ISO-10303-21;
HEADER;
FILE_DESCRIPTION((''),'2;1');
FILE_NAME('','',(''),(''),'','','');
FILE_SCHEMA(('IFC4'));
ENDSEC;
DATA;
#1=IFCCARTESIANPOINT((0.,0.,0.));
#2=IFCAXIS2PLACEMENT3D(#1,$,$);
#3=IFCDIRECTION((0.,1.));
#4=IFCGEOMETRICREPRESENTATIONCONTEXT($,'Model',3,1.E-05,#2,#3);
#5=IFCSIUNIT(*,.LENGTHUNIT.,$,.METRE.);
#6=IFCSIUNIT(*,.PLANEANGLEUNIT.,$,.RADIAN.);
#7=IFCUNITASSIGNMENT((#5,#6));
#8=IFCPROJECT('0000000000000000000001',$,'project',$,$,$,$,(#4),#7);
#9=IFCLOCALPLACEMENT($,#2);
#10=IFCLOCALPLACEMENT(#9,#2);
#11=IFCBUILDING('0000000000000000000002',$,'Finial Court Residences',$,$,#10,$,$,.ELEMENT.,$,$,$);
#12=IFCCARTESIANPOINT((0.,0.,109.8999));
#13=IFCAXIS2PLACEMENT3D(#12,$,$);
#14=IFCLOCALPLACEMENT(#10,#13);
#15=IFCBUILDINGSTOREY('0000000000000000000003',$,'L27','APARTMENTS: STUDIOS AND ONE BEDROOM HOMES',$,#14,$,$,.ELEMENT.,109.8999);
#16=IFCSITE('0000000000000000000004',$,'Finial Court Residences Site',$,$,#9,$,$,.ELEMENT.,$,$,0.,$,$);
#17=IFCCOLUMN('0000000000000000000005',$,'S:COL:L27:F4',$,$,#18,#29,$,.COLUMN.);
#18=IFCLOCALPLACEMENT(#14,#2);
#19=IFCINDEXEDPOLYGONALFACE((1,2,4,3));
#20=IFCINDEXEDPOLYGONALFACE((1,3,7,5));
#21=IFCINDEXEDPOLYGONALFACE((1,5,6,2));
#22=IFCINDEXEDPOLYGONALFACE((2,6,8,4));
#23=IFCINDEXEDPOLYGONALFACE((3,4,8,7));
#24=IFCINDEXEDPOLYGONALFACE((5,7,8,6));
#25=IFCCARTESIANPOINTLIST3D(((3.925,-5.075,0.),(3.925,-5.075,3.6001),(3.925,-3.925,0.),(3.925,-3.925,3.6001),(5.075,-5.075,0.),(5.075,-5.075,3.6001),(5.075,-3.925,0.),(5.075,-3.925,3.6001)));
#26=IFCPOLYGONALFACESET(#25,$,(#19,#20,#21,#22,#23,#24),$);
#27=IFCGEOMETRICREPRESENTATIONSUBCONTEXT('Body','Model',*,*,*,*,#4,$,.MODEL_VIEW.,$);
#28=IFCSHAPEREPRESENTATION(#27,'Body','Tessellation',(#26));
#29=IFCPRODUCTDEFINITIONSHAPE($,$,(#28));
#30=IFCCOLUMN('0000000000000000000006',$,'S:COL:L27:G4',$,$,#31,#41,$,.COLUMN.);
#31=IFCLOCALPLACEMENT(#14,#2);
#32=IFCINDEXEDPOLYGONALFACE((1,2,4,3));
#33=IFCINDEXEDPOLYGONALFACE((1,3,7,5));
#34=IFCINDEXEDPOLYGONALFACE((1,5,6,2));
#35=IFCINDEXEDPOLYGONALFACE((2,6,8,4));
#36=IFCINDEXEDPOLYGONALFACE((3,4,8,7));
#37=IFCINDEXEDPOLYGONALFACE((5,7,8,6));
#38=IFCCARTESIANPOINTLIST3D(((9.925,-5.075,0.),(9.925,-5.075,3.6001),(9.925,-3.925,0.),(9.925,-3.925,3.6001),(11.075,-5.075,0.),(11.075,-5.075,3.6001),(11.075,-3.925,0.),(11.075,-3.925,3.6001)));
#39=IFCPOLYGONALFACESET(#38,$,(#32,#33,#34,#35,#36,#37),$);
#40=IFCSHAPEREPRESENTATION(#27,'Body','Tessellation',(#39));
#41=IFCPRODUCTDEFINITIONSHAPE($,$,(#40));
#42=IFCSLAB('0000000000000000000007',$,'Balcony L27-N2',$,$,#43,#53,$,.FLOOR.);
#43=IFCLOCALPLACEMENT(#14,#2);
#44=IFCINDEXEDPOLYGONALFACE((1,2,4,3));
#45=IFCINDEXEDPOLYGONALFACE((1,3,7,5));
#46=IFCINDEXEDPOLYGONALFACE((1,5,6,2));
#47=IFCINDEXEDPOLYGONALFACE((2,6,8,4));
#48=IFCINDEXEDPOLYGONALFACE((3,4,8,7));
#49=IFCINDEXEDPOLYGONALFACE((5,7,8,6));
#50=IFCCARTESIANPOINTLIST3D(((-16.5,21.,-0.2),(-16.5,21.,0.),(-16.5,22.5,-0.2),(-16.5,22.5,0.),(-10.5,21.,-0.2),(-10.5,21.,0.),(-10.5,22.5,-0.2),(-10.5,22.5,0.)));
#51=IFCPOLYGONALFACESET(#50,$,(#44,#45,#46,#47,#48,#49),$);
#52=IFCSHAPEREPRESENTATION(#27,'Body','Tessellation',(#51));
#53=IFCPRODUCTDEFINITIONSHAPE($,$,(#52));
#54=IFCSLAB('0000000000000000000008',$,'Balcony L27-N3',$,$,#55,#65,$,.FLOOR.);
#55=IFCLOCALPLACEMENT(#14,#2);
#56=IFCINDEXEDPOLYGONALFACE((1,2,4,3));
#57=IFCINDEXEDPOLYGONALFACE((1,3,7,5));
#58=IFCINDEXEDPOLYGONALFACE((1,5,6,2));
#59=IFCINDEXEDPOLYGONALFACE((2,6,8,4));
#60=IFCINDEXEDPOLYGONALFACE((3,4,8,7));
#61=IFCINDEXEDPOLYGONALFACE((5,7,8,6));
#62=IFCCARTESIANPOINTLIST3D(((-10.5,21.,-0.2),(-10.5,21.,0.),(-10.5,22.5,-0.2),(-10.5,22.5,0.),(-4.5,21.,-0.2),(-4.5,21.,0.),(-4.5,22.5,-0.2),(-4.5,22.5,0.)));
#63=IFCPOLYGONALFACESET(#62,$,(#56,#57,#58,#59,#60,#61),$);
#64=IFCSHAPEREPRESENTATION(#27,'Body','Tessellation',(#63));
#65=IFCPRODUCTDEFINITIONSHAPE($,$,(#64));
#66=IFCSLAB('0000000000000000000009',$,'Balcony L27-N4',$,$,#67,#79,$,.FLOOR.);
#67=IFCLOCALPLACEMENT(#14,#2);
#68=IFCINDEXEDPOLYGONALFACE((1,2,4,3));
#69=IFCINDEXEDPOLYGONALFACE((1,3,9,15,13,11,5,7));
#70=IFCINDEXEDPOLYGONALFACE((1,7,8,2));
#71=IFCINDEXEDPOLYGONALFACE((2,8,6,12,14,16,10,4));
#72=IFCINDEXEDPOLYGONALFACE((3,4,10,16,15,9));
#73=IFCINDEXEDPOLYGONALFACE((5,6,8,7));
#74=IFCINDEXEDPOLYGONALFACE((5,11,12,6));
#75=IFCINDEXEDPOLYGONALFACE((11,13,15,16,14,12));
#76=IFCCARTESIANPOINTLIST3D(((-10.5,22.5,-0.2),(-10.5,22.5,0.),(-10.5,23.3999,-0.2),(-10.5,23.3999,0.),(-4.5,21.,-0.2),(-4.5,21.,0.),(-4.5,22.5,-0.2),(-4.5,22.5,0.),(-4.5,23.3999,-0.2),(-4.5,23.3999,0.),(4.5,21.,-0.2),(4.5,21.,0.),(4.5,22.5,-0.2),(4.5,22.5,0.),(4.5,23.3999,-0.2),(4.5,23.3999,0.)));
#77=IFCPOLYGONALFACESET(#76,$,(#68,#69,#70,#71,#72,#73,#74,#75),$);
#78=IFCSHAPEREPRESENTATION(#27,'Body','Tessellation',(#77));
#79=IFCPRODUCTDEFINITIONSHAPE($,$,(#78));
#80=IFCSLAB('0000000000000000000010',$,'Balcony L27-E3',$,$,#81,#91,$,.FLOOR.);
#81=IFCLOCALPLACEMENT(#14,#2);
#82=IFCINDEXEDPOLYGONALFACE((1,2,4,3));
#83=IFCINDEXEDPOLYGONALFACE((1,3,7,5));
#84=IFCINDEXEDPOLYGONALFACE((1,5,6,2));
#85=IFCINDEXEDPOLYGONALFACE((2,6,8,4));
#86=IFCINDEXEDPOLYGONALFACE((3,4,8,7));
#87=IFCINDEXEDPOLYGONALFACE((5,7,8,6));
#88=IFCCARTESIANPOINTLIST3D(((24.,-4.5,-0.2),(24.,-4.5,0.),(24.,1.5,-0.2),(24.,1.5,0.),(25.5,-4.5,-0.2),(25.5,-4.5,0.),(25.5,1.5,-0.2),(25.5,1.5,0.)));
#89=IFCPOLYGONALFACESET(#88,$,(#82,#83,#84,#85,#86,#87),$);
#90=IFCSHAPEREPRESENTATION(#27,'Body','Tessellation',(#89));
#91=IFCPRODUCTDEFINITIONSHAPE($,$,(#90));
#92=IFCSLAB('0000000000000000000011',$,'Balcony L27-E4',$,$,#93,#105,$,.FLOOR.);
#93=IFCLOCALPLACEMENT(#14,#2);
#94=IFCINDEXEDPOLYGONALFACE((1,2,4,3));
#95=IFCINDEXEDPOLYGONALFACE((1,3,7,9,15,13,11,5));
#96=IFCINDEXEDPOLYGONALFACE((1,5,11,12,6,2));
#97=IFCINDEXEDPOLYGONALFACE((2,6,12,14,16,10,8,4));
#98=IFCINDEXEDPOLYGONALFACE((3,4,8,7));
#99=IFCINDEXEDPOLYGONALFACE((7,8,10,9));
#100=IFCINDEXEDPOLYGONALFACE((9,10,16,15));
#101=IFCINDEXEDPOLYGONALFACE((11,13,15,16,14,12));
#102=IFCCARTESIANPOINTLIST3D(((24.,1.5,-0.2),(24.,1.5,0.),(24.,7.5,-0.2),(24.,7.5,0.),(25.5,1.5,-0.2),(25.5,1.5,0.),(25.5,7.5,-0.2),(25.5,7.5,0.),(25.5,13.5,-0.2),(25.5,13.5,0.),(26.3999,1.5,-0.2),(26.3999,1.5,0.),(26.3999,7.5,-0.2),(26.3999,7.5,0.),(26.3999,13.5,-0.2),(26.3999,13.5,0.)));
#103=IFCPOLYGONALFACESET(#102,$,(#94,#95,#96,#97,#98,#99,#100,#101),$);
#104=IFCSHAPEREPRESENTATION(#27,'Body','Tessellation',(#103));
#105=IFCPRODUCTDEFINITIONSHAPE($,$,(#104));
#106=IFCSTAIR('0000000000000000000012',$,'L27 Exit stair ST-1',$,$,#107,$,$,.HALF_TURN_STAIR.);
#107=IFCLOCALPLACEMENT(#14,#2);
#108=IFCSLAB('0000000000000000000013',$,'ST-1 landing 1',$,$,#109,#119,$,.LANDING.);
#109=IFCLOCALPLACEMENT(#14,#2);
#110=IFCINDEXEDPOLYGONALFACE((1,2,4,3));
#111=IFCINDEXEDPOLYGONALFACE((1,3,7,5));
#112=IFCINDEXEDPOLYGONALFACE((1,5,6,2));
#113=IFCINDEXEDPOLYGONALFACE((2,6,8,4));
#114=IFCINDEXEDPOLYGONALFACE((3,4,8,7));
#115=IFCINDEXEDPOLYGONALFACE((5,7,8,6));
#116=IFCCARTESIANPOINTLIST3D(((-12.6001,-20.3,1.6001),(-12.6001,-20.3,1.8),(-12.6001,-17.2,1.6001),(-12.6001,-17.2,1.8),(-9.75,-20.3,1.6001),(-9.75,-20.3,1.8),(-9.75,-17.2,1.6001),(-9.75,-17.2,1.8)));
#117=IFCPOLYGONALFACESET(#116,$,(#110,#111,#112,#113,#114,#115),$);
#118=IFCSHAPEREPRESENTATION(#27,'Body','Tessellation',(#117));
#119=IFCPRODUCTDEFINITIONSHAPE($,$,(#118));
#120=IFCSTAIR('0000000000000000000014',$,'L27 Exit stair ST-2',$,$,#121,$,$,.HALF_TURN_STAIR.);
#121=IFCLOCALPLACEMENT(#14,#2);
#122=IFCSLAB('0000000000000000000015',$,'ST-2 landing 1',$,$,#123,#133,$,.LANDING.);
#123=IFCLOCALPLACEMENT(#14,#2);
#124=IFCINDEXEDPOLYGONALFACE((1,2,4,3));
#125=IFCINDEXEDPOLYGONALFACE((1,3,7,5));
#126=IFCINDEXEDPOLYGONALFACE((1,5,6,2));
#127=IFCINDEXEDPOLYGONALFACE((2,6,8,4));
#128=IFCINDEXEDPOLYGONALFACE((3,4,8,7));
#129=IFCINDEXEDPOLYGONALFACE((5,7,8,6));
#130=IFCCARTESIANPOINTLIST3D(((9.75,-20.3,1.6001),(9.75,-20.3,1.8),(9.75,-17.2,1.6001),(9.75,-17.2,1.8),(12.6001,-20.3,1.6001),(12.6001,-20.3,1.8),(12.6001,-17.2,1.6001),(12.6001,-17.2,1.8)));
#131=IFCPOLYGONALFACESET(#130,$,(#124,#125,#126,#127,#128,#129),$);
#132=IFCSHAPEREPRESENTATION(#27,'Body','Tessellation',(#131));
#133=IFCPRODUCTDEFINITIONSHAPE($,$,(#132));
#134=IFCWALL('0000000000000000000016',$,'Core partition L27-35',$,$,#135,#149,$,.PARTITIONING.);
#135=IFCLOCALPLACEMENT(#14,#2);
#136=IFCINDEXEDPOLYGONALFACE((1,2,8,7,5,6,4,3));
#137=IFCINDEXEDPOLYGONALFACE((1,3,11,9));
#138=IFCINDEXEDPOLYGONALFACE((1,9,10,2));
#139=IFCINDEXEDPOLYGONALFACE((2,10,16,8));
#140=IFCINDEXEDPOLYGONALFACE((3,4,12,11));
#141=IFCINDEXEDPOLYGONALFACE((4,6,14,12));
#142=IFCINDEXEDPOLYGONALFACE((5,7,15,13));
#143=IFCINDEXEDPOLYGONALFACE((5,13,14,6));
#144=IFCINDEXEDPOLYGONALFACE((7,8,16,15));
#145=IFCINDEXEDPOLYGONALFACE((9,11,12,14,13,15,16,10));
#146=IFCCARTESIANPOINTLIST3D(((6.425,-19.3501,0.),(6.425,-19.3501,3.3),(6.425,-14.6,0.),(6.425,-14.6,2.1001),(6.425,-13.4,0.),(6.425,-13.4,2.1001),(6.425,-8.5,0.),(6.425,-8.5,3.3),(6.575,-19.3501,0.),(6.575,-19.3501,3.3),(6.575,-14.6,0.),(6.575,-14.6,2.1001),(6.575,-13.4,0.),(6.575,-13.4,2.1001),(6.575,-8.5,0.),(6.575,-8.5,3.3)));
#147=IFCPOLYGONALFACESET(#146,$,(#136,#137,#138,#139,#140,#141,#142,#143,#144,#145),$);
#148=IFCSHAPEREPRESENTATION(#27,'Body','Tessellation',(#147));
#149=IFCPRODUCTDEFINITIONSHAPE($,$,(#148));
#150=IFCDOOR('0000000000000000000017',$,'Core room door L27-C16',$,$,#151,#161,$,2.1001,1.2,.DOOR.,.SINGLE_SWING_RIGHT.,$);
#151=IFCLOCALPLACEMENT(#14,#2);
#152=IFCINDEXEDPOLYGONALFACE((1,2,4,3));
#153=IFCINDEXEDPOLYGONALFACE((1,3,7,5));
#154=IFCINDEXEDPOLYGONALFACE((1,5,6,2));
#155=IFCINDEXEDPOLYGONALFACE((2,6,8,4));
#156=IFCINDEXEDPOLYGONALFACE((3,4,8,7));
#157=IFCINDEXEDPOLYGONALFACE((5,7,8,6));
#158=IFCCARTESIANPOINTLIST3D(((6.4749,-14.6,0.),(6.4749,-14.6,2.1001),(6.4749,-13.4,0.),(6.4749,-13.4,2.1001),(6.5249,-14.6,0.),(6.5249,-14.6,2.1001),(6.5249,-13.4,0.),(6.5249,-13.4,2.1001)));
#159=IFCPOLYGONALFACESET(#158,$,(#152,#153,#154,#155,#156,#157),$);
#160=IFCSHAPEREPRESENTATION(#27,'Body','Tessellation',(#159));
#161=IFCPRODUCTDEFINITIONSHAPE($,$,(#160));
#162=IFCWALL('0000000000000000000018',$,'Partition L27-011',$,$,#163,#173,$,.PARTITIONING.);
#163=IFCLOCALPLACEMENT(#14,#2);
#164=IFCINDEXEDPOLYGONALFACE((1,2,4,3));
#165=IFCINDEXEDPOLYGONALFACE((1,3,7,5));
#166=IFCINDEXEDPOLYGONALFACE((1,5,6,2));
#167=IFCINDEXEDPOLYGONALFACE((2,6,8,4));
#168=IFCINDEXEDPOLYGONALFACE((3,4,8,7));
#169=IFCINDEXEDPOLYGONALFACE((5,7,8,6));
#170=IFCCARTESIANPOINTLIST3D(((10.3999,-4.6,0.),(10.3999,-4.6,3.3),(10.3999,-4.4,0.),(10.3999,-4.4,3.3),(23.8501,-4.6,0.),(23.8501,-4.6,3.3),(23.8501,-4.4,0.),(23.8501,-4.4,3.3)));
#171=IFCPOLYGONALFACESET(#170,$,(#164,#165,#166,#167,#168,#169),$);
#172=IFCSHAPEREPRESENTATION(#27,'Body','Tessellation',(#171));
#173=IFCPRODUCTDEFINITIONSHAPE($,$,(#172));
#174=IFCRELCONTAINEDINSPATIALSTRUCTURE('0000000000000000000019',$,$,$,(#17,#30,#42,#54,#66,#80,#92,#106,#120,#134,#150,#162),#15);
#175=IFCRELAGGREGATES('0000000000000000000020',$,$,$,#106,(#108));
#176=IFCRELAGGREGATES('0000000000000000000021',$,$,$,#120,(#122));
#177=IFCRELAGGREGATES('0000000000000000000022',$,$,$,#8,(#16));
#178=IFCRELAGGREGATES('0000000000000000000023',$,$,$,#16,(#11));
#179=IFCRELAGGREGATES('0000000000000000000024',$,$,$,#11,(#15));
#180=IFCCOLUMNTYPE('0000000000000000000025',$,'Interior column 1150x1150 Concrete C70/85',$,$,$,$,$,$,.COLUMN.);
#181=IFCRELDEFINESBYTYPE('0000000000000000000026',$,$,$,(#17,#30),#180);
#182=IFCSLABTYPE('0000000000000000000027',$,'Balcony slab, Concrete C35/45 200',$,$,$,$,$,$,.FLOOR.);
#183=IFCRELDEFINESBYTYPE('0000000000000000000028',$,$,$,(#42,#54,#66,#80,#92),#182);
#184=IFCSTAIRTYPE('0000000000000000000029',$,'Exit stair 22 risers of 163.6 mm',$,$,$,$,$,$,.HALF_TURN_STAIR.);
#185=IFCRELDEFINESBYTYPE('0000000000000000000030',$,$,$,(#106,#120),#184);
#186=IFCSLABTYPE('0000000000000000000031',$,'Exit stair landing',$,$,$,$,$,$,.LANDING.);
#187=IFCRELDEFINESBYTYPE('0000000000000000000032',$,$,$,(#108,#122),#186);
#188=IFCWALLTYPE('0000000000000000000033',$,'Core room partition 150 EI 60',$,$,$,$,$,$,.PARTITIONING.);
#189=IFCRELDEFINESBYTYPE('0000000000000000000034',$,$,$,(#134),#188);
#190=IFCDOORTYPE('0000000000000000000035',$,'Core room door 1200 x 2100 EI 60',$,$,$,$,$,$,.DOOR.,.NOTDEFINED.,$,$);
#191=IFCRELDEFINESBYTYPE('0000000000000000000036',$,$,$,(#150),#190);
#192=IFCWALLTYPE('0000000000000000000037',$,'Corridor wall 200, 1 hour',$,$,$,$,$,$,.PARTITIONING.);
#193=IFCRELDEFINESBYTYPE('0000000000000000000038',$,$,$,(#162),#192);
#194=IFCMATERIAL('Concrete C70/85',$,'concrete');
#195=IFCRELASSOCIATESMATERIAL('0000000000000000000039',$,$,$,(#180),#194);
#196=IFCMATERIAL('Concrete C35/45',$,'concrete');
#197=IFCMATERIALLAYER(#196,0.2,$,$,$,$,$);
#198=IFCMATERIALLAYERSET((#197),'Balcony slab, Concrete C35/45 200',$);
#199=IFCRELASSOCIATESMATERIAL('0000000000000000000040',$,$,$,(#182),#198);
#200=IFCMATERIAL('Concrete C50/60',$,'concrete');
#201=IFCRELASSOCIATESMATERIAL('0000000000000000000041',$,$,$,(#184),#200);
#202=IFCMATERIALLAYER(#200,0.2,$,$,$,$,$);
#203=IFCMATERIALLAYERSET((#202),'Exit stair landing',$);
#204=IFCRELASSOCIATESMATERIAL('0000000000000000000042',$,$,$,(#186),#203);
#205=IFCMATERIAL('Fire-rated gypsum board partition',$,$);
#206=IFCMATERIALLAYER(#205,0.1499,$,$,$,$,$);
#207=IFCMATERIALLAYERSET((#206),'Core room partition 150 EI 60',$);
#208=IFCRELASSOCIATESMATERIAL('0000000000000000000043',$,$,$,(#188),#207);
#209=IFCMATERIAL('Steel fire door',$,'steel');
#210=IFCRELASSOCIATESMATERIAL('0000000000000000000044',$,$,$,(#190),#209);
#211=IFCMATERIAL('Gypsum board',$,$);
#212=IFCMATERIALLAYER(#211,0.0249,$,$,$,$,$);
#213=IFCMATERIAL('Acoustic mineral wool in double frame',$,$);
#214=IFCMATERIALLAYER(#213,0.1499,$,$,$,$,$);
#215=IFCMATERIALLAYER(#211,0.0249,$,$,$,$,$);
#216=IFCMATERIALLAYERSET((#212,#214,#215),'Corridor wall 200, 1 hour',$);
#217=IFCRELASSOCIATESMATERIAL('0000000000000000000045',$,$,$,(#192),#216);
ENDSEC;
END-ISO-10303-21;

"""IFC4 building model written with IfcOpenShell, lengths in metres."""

from ifc_helpers import new_model, si_unit, direction, frame, frame_2d, origin, origin_2d, place, context, subcontext, project, spatial, polyline, rectangle, outline, extrude, material, layer, layer_set, material_profile, profile_set, type_object, element, fill, aggregate, save


model = new_model("IFC4")

# Units and contexts
model_context = context("Model", 3, precision=1e-05, world=origin(), true_north=direction((0.0, 1.0)))
body_context = subcontext(model_context, "Body", "Model", "MODEL_VIEW")
ifc_project = project(units=[si_unit("LENGTHUNIT", "METRE"), si_unit("PLANEANGLEUNIT", "RADIAN")], contexts=[model_context])

# Site, building, storey
site_placement = place(None, origin())
site = spatial("IfcSite", under=ifc_project, at=site_placement, Name="Finial Court Residences Site", CompositionType="ELEMENT", RefElevation=0.0)
building_placement = place(site_placement, origin())
building = spatial("IfcBuilding", under=site, at=building_placement, Name="Finial Court Residences", CompositionType="ELEMENT")
storey_placement = place(building_placement, frame((0.0, 0.0, 109.8999)))
storey = spatial("IfcBuildingStorey", under=building, at=storey_placement, Name="L27", Description="APARTMENTS: STUDIOS AND ONE BEDROOM HOMES", CompositionType="ELEMENT", Elevation=109.8999)

# Columns
ifc_material_1 = material(Name="Concrete C70/85", Category="concrete")
ifc_material_profile = material_profile(ifc_material_1, rectangle(XDim=1.1499, YDim=1.1499, at=origin_2d()), Name="1150x1150")
ifc_profile_set = profile_set([ifc_material_profile], Name="Concrete C70/85")
column_type = type_object("IfcColumnType", Name="Interior column 1150x1150 Concrete C70/85", PredefinedType="COLUMN", material=ifc_profile_set)
for number, where, z_axis, x_axis, name in (
    (1, (4.5, -4.5, 0.0), (0.0, 0.0, 1.0), (1.0, 0.0, 0.0), "S:COL:L27:F4"),
    (2, (10.5, -4.5, 0.0), (0.0, 0.0, 1.0), (1.0, 0.0, 0.0), "S:COL:L27:G4"),
):
    element("IfcColumn", number, at=place(storey_placement, frame(where, z_axis=z_axis, x_axis=x_axis)), inside=storey, type_object=column_type, Name=name, PredefinedType="COLUMN", context=body_context, shape_type="SweptSolid", body=[
        extrude(rectangle(XDim=1.1499, YDim=1.1499, at=origin_2d()), origin(), (0.0, 0.0, 1.0), 3.6001),
    ])

# Slabs
ifc_material_2 = material(Name="Concrete C35/45", Category="concrete")
ifc_layer_1 = layer(ifc_material_2, 0.2)
ifc_layer_set_1 = layer_set([ifc_layer_1], Name="Balcony slab, Concrete C35/45 200")
slab_type_1 = type_object("IfcSlabType", Name="Balcony slab, Concrete C35/45 200", PredefinedType="FLOOR", material=ifc_layer_set_1)
slab_1_placement = place(storey_placement, frame((0.0, 0.0, -0.2)))
element("IfcSlab", 3, at=slab_1_placement, inside=storey, type_object=slab_type_1, Name="Balcony L27-N2", PredefinedType="FLOOR", context=body_context, shape_type="SweptSolid", body=[
    extrude(outline(polyline([(-10.5, 21.0), (-10.5, 22.5), (-16.5, 22.5), (-16.5, 21.0), (-10.5, 21.0)])), origin(), (0.0, 0.0, 1.0), 0.2),
])
slab_2_placement = place(storey_placement, frame((0.0, 0.0, -0.2)))
element("IfcSlab", 4, at=slab_2_placement, inside=storey, type_object=slab_type_1, Name="Balcony L27-N3", PredefinedType="FLOOR", context=body_context, shape_type="SweptSolid", body=[
    extrude(outline(polyline([(-4.5, 21.0), (-4.5, 22.5), (-10.5, 22.5), (-10.5, 21.0), (-4.5, 21.0)])), origin(), (0.0, 0.0, 1.0), 0.2),
])
slab_3_placement = place(storey_placement, frame((0.0, 0.0, -0.2)))
element("IfcSlab", 5, at=slab_3_placement, inside=storey, type_object=slab_type_1, Name="Balcony L27-N4", PredefinedType="FLOOR", context=body_context, shape_type="SweptSolid", body=[
    extrude(outline(polyline([(-4.5, 22.5), (-10.5, 22.5), (-10.5, 23.3999), (-4.5, 23.3999), (4.5, 23.3999), (4.5, 22.5), (4.5, 21.0), (-4.5, 21.0), (-4.5, 22.5)])), origin(), (0.0, 0.0, 1.0), 0.2),
])
slab_4_placement = place(storey_placement, frame((0.0, 0.0, -0.2)))
element("IfcSlab", 6, at=slab_4_placement, inside=storey, type_object=slab_type_1, Name="Balcony L27-E3", PredefinedType="FLOOR", context=body_context, shape_type="SweptSolid", body=[
    extrude(outline(polyline([(25.5, -4.5), (25.5, 1.5), (24.0, 1.5), (24.0, -4.5), (25.5, -4.5)])), origin(), (0.0, 0.0, 1.0), 0.2),
])
slab_5_placement = place(storey_placement, frame((0.0, 0.0, -0.2)))
element("IfcSlab", 7, at=slab_5_placement, inside=storey, type_object=slab_type_1, Name="Balcony L27-E4", PredefinedType="FLOOR", context=body_context, shape_type="SweptSolid", body=[
    extrude(outline(polyline([(24.0, 7.5), (25.5, 7.5), (25.5, 13.5), (26.3999, 13.5), (26.3999, 7.5), (26.3999, 1.5), (25.5, 1.5), (24.0, 1.5), (24.0, 7.5)])), origin(), (0.0, 0.0, 1.0), 0.2),
])

# Stairs, slabs
ifc_material_3 = material(Name="Concrete C50/60", Category="concrete")
stair_type = type_object("IfcStairType", Name="Exit stair 22 risers of 163.6 mm", PredefinedType="HALF_TURN_STAIR", material=ifc_material_3)
stair_1_placement = place(storey_placement, origin())
stair_1 = element("IfcStair", 8, at=stair_1_placement, inside=storey, type_object=stair_type, Name="L27 Exit stair ST-1", PredefinedType="HALF_TURN_STAIR")
ifc_layer_2 = layer(ifc_material_3, 0.2)
ifc_layer_set_2 = layer_set([ifc_layer_2], Name="Exit stair landing")
slab_type_2 = type_object("IfcSlabType", Name="Exit stair landing", PredefinedType="LANDING", material=ifc_layer_set_2)
slab_6_placement = place(storey_placement, frame((0.0, 0.0, 1.6001)))
slab_6 = element("IfcSlab", 9, at=slab_6_placement, type_object=slab_type_2, Name="ST-1 landing 1", PredefinedType="LANDING", context=body_context, shape_type="SweptSolid", body=[
    extrude(outline(polyline([(-9.75, -20.3), (-9.75, -17.2), (-12.6001, -17.2), (-12.6001, -20.3), (-9.75, -20.3)])), origin(), (0.0, 0.0, 1.0), 0.2),
])
aggregate(stair_1, [slab_6])
stair_2_placement = place(storey_placement, origin())
stair_2 = element("IfcStair", 10, at=stair_2_placement, inside=storey, type_object=stair_type, Name="L27 Exit stair ST-2", PredefinedType="HALF_TURN_STAIR")
slab_7_placement = place(storey_placement, frame((0.0, 0.0, 1.6001)))
slab_7 = element("IfcSlab", 11, at=slab_7_placement, type_object=slab_type_2, Name="ST-2 landing 1", PredefinedType="LANDING", context=body_context, shape_type="SweptSolid", body=[
    extrude(outline(polyline([(12.6001, -20.3), (12.6001, -17.2), (9.75, -17.2), (9.75, -20.3), (12.6001, -20.3)])), origin(), (0.0, 0.0, 1.0), 0.2),
])
aggregate(stair_2, [slab_7])

# Wall, opening, door
ifc_material_4 = material(Name="Fire-rated gypsum board partition")
ifc_layer_3 = layer(ifc_material_4, 0.1499)
ifc_layer_set_3 = layer_set([ifc_layer_3], Name="Core room partition 150 EI 60")
wall_type_1 = type_object("IfcWallType", Name="Core room partition 150 EI 60", PredefinedType="PARTITIONING", material=ifc_layer_set_3)
wall_1_placement = place(storey_placement, frame((6.5, -8.5, 0.0), z_axis=(0.0, 0.0, 1.0), x_axis=(0.0, -1.0, 0.0)))
wall_1 = element("IfcWall", 12, at=wall_1_placement, inside=storey, type_object=wall_type_1, Name="Core partition L27-35", PredefinedType="PARTITIONING", context=body_context, shape_type="SweptSolid", body=[
    extrude(rectangle(XDim=10.8501, YDim=0.1499, at=frame_2d((5.425, 0.0))), origin(), (0.0, 0.0, 1.0), 3.3),
])
opening_1_placement = place(wall_1_placement, frame((4.8999, 0.0, 0.0)))
opening_1 = element("IfcOpeningElement", 13, at=opening_1_placement, cuts=wall_1, PredefinedType="OPENING", context=body_context, shape_type="SweptSolid", body=[
    extrude(rectangle(XDim=1.2, YDim=2.1001, at=frame_2d((0.6001, 1.05))), frame((0.0, 0.085, 0.0), z_axis=(0.0, -1.0, 0.0), x_axis=(1.0, 0.0, 0.0)), (0.0, 0.0, 1.0), 0.1699),
])
ifc_material_5 = material(Name="Steel fire door", Category="steel")
door_type_1 = type_object("IfcDoorType", Name="Core room door 1200 x 2100 EI 60", OperationType="NOTDEFINED", PredefinedType="DOOR", material=ifc_material_5)
door_1_placement = place(opening_1_placement, origin())
door_1 = element("IfcDoor", 14, at=door_1_placement, inside=storey, type_object=door_type_1, Name="Core room door L27-C16", OperationType="SINGLE_SWING_RIGHT", OverallHeight=2.1001, OverallWidth=1.2, PredefinedType="DOOR", context=body_context, shape_type="SweptSolid", body=[
    extrude(rectangle(XDim=1.2, YDim=2.1001, at=frame_2d((0.6001, 1.05))), frame((0.0, 0.0249, 0.0), z_axis=(0.0, -1.0, 0.0), x_axis=(1.0, 0.0, 0.0)), (0.0, 0.0, 1.0), 0.05),
])
fill(opening_1, door_1)

# Wall
ifc_material_6 = material(Name="Gypsum board")
ifc_layer_4 = layer(ifc_material_6, 0.0249)
ifc_material_7 = material(Name="Acoustic mineral wool in double frame")
ifc_layer_5 = layer(ifc_material_7, 0.1499)
ifc_layer_6 = layer(ifc_material_6, 0.0249)
ifc_layer_set_4 = layer_set([ifc_layer_4, ifc_layer_5, ifc_layer_6], Name="Corridor wall 200, 1 hour")
wall_type_2 = type_object("IfcWallType", Name="Corridor wall 200, 1 hour", PredefinedType="PARTITIONING", material=ifc_layer_set_4)
wall_2_placement = place(storey_placement, frame((10.3999, -4.5, 0.0), z_axis=(0.0, 0.0, 1.0), x_axis=(1.0, 0.0, 0.0)))
element("IfcWall", 15, at=wall_2_placement, inside=storey, type_object=wall_type_2, Name="Partition L27-011", PredefinedType="PARTITIONING", context=body_context, shape_type="SweptSolid", body=[
    extrude(rectangle(XDim=13.4502, YDim=0.2, at=frame_2d((6.7251, 0.0))), origin(), (0.0, 0.0, 1.0), 3.3),
])

save(model, "model.ifc")
